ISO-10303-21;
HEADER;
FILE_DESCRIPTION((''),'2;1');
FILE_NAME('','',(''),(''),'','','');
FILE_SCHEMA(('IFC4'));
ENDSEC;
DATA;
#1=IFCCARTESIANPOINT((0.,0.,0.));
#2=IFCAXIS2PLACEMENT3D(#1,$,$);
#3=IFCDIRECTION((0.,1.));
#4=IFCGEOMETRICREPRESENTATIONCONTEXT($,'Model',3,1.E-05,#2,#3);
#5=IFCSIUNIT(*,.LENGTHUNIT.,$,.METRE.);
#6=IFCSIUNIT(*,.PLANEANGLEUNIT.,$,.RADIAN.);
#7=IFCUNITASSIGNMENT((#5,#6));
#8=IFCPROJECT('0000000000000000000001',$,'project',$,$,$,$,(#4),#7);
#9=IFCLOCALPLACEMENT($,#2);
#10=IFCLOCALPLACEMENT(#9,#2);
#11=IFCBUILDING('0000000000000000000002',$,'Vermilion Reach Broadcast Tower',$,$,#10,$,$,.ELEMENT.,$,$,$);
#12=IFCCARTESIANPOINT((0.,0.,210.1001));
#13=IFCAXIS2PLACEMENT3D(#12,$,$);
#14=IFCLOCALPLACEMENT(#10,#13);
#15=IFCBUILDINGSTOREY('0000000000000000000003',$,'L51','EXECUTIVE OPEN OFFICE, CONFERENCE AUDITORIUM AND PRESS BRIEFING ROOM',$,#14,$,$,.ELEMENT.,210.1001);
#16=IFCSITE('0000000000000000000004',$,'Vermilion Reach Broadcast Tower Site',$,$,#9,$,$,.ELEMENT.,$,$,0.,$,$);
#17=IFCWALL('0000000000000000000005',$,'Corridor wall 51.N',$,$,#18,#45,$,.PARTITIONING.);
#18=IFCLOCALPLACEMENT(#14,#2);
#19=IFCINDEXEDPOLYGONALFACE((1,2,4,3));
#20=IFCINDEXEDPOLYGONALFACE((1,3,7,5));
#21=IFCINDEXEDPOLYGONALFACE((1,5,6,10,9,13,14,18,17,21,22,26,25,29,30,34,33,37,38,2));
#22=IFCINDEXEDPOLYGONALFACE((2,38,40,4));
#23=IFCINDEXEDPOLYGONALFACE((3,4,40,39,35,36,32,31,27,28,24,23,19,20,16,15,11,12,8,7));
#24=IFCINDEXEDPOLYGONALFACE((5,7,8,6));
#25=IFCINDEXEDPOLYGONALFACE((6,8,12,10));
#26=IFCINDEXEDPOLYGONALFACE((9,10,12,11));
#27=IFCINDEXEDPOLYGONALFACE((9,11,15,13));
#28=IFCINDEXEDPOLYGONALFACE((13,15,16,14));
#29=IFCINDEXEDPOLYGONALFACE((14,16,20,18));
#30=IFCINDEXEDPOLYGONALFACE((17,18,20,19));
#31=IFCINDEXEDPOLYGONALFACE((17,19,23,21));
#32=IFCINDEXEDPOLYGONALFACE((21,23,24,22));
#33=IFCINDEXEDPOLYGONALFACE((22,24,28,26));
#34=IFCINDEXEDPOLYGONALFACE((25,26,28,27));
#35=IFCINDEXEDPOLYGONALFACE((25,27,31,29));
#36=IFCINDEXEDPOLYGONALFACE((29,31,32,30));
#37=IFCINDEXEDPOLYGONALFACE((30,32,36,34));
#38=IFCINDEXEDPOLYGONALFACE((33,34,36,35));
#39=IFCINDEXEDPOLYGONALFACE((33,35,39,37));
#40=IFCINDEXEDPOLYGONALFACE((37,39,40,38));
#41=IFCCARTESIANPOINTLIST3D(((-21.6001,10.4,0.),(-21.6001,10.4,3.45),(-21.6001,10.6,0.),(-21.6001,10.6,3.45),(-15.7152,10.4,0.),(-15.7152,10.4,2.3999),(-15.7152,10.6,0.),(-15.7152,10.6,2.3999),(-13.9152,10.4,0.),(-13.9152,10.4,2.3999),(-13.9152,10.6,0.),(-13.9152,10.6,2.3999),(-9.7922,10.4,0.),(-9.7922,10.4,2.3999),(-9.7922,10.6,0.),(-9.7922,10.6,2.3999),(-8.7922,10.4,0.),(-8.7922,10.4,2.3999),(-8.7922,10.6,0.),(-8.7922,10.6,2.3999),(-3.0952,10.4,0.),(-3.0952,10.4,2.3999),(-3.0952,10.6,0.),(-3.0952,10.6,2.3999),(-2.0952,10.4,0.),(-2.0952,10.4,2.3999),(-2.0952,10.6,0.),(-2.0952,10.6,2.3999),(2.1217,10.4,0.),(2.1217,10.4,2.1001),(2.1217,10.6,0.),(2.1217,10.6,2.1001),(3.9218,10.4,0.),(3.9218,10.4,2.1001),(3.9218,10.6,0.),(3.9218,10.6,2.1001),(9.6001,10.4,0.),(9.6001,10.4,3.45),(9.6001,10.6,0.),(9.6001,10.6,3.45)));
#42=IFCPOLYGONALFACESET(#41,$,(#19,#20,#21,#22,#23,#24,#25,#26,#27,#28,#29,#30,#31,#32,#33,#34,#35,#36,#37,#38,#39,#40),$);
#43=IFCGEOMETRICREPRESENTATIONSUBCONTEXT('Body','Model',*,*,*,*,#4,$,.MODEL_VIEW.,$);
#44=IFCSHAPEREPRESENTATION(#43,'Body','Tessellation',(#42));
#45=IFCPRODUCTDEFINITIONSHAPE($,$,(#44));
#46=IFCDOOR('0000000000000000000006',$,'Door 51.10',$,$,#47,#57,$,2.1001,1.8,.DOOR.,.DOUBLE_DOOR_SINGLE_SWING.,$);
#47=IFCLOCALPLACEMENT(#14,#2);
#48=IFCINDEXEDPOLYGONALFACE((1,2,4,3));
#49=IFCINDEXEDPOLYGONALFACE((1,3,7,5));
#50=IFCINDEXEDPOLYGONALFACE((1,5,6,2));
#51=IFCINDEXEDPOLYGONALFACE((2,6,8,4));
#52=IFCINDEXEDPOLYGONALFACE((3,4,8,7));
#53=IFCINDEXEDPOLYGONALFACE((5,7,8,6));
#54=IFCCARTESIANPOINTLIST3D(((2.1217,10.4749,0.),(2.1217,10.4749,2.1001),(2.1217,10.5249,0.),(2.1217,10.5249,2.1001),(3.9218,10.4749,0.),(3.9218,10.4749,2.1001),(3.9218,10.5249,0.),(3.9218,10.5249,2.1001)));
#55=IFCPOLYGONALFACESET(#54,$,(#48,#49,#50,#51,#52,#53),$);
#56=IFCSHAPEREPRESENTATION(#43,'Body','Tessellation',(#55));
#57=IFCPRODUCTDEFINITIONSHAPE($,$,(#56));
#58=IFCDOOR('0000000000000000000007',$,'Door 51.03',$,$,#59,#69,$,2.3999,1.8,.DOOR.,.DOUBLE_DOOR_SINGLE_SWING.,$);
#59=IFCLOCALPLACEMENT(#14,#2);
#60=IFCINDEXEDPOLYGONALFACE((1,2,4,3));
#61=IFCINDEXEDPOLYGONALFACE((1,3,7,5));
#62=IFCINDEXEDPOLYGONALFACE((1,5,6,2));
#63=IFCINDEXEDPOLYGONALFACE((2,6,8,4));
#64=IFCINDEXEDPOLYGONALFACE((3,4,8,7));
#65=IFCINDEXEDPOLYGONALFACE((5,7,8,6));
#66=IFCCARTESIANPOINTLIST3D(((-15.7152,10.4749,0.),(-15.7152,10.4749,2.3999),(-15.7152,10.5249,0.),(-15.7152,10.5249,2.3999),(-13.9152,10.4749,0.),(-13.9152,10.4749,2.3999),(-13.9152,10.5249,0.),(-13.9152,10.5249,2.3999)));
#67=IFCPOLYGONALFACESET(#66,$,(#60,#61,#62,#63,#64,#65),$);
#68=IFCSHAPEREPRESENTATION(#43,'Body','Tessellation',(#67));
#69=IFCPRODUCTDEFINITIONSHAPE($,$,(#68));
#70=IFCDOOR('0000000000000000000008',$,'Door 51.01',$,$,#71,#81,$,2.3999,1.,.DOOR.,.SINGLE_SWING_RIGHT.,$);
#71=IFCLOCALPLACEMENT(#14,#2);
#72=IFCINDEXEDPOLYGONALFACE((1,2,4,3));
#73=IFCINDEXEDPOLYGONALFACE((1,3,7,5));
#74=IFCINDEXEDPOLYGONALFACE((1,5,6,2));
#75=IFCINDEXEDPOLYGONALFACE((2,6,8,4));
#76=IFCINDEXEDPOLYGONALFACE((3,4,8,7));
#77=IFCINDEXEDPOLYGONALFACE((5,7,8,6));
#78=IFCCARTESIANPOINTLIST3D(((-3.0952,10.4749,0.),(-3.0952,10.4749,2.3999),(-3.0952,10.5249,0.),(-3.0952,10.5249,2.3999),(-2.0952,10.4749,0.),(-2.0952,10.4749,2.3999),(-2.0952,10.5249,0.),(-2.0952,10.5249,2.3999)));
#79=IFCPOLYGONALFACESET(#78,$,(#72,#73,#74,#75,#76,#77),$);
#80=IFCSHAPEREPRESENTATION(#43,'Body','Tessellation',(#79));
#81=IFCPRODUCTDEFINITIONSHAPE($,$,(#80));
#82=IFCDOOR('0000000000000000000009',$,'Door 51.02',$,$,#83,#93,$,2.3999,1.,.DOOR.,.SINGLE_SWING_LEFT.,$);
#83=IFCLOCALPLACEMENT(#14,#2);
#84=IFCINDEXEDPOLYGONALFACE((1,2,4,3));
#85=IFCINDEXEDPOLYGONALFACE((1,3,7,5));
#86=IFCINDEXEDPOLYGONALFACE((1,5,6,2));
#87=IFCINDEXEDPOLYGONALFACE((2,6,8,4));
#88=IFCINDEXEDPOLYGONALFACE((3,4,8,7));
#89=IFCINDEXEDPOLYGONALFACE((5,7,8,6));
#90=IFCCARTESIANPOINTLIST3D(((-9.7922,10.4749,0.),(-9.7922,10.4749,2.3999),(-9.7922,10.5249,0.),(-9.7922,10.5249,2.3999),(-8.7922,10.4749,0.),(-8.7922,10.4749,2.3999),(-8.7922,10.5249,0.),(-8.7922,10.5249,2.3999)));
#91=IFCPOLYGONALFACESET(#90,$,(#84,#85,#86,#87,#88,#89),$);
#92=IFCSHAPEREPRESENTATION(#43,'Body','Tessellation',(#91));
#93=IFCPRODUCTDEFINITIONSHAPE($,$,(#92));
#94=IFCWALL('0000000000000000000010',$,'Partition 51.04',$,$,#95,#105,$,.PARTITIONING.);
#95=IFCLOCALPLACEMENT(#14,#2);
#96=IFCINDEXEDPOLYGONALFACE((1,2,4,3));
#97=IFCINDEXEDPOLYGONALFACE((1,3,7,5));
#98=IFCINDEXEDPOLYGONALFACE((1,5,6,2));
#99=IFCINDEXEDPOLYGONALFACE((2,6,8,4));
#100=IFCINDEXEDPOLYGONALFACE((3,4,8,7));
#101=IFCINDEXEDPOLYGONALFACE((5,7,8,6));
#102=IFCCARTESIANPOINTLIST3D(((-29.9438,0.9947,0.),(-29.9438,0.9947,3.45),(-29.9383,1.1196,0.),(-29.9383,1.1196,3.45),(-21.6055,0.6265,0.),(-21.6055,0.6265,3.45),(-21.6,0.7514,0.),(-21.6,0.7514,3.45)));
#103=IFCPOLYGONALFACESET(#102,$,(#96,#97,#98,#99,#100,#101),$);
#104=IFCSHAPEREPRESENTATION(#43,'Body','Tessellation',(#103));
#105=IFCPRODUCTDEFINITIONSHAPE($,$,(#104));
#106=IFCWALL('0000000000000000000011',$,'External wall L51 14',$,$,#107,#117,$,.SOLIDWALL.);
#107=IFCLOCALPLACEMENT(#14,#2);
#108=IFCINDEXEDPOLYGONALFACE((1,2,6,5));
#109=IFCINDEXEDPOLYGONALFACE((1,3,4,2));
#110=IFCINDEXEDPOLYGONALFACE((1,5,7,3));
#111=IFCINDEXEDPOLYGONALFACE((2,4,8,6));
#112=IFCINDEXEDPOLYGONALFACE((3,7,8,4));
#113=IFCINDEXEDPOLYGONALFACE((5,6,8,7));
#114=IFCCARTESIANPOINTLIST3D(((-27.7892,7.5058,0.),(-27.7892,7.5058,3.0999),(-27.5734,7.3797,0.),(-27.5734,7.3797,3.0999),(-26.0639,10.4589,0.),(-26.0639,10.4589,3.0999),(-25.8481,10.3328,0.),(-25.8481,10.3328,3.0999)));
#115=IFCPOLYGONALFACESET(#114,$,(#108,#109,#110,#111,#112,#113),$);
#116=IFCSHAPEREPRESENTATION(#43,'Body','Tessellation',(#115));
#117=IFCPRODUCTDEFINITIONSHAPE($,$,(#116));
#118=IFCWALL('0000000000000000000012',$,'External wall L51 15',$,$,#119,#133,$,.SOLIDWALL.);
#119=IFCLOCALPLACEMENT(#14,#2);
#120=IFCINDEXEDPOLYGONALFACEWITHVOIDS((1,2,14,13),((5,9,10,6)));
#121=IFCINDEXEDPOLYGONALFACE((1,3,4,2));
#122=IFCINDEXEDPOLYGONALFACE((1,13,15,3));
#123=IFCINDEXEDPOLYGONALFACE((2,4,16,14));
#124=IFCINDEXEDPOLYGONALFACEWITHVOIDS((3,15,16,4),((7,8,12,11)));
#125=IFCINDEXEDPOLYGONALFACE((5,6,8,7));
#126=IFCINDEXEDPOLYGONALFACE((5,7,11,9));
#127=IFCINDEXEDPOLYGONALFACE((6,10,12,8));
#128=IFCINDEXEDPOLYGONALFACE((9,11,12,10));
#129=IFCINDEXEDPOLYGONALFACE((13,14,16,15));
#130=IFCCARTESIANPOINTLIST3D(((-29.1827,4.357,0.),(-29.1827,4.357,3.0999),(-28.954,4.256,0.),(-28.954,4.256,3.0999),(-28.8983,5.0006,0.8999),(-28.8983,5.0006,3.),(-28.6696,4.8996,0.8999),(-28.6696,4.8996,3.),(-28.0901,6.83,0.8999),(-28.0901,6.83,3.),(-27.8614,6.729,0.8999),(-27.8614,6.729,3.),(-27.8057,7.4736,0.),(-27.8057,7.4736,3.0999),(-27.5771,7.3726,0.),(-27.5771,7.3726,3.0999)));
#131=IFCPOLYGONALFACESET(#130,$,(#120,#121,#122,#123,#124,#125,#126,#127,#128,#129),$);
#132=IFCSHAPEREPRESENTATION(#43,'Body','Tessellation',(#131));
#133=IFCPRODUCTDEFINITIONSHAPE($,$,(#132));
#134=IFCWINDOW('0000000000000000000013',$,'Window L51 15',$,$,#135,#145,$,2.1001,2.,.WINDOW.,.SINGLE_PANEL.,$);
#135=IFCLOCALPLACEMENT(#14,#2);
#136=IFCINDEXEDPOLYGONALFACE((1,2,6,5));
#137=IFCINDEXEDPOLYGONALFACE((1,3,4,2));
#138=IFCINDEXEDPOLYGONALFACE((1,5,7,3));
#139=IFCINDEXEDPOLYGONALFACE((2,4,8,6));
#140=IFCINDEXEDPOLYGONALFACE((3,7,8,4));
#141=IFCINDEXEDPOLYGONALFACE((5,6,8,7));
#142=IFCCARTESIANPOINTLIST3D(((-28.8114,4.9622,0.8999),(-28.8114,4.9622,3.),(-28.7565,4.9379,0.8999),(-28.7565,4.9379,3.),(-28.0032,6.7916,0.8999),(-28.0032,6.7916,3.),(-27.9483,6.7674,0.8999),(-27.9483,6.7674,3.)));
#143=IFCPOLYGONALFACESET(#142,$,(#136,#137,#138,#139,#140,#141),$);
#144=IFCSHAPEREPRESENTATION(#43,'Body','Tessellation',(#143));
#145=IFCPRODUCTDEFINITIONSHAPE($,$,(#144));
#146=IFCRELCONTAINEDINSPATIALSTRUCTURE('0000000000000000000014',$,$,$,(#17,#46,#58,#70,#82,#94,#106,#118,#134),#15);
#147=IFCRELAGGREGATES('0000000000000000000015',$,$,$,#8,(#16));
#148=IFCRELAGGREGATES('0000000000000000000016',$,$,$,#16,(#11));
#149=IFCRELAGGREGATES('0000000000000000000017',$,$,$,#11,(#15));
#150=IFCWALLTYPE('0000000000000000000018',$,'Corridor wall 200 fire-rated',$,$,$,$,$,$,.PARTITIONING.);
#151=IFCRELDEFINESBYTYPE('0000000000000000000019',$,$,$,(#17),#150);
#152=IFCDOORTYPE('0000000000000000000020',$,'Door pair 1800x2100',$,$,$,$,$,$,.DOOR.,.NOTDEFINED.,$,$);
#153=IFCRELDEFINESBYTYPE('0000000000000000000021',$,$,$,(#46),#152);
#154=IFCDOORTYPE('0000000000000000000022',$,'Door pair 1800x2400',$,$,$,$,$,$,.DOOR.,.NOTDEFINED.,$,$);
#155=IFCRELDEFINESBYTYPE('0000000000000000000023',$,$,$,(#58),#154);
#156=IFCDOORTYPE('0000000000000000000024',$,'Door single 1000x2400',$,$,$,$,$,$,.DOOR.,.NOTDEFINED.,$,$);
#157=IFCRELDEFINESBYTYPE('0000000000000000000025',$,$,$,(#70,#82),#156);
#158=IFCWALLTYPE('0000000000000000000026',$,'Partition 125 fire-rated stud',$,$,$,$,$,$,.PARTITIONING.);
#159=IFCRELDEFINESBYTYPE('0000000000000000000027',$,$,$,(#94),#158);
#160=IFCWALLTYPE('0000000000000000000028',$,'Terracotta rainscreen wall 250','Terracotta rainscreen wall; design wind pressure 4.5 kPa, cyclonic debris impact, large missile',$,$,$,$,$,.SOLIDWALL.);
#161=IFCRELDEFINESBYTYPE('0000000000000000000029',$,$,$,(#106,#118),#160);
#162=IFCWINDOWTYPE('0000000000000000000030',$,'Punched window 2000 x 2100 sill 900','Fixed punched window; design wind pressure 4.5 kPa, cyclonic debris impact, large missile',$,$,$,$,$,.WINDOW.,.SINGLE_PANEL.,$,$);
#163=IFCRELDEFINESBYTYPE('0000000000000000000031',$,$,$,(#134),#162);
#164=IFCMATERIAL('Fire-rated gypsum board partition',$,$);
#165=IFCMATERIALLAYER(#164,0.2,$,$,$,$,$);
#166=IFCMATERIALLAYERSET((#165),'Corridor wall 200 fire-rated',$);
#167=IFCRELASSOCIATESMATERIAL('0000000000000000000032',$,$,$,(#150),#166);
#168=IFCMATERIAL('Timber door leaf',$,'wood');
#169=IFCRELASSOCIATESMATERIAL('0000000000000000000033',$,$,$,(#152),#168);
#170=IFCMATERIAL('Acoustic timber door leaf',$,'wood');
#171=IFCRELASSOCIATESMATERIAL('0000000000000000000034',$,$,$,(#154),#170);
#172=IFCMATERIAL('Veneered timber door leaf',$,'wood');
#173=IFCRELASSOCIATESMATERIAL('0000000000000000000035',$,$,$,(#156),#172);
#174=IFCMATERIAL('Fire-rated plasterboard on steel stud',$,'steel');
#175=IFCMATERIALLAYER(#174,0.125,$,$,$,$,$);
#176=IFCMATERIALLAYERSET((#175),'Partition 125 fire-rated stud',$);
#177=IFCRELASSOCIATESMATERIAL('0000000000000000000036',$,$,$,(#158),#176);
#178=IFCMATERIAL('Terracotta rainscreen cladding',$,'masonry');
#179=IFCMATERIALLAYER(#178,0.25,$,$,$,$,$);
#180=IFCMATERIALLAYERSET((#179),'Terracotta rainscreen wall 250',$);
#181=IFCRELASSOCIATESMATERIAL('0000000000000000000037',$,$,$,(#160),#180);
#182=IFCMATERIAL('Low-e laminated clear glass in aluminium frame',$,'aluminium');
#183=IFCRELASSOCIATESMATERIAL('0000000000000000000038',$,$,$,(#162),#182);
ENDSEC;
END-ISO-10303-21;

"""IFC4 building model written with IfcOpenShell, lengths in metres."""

from ifc_helpers import new_model, si_unit, direction, frame, frame_2d, origin, place, context, subcontext, project, spatial, rectangle, extrude, material, layer, layer_set, type_object, element, fill, save


model = new_model("IFC4")

# Units and contexts
model_context = context("Model", 3, precision=1e-05, world=origin(), true_north=direction((0.0, 1.0)))
body_context = subcontext(model_context, "Body", "Model", "MODEL_VIEW")
ifc_project = project(units=[si_unit("LENGTHUNIT", "METRE"), si_unit("PLANEANGLEUNIT", "RADIAN")], contexts=[model_context])

# Site, building, storey
site_placement = place(None, origin())
site = spatial("IfcSite", under=ifc_project, at=site_placement, Name="Vermilion Reach Broadcast Tower Site", CompositionType="ELEMENT", RefElevation=0.0)
building_placement = place(site_placement, origin())
building = spatial("IfcBuilding", under=site, at=building_placement, Name="Vermilion Reach Broadcast Tower", CompositionType="ELEMENT")
storey_placement = place(building_placement, frame((0.0, 0.0, 210.1001)))
storey = spatial("IfcBuildingStorey", under=building, at=storey_placement, Name="L51", Description="EXECUTIVE OPEN OFFICE, CONFERENCE AUDITORIUM AND PRESS BRIEFING ROOM", CompositionType="ELEMENT", Elevation=210.1001)

# Wall, openings, doors
ifc_material_1 = material(Name="Fire-rated gypsum board partition")
ifc_layer_1 = layer(ifc_material_1, 0.2)
ifc_layer_set_1 = layer_set([ifc_layer_1], Name="Corridor wall 200 fire-rated")
wall_type_1 = type_object("IfcWallType", Name="Corridor wall 200 fire-rated", PredefinedType="PARTITIONING", material=ifc_layer_set_1)
wall_1_placement = place(storey_placement, frame((-21.6001, 10.5, 0.0), z_axis=(0.0, 0.0, 1.0), x_axis=(1.0, 0.0, 0.0)))
wall_1 = element("IfcWall", 1, at=wall_1_placement, inside=storey, type_object=wall_type_1, Name="Corridor wall 51.N", PredefinedType="PARTITIONING", context=body_context, shape_type="SweptSolid", body=[
    extrude(rectangle(XDim=31.2002, YDim=0.2, at=frame_2d((15.6001, 0.0))), origin(), (0.0, 0.0, 1.0), 3.45),
])
opening_1_placement = place(wall_1_placement, frame((18.5049, 0.0, 0.0)))
opening_1 = element("IfcOpeningElement", 2, at=opening_1_placement, cuts=wall_1, PredefinedType="OPENING", context=body_context, shape_type="SweptSolid", body=[
    extrude(rectangle(XDim=1.0, YDim=2.3999, at=frame_2d((0.5, 1.2))), frame((0.0, 0.1099, 0.0), z_axis=(0.0, -1.0, 0.0), x_axis=(1.0, 0.0, 0.0)), (0.0, 0.0, 1.0), 0.22),
])
opening_2_placement = place(wall_1_placement, frame((11.8079, 0.0, 0.0)))
opening_2 = element("IfcOpeningElement", 3, at=opening_2_placement, cuts=wall_1, PredefinedType="OPENING", context=body_context, shape_type="SweptSolid", body=[
    extrude(rectangle(XDim=1.0, YDim=2.3999, at=frame_2d((0.5, 1.2))), frame((0.0, 0.1099, 0.0), z_axis=(0.0, -1.0, 0.0), x_axis=(1.0, 0.0, 0.0)), (0.0, 0.0, 1.0), 0.22),
])
opening_3_placement = place(wall_1_placement, frame((5.885, 0.0, 0.0)))
opening_3 = element("IfcOpeningElement", 4, at=opening_3_placement, cuts=wall_1, PredefinedType="OPENING", context=body_context, shape_type="SweptSolid", body=[
    extrude(rectangle(XDim=1.8, YDim=2.3999, at=frame_2d((0.8999, 1.2))), frame((0.0, 0.1099, 0.0), z_axis=(0.0, -1.0, 0.0), x_axis=(1.0, 0.0, 0.0)), (0.0, 0.0, 1.0), 0.22),
])
opening_4_placement = place(wall_1_placement, frame((23.7219, 0.0, 0.0)))
opening_4 = element("IfcOpeningElement", 5, at=opening_4_placement, cuts=wall_1, PredefinedType="OPENING", context=body_context, shape_type="SweptSolid", body=[
    extrude(rectangle(XDim=1.8, YDim=2.1001, at=frame_2d((0.8999, 1.05))), frame((0.0, 0.1099, 0.0), z_axis=(0.0, -1.0, 0.0), x_axis=(1.0, 0.0, 0.0)), (0.0, 0.0, 1.0), 0.22),
])
ifc_material_2 = material(Name="Timber door leaf", Category="wood")
door_type_1 = type_object("IfcDoorType", Name="Door pair 1800x2100", OperationType="NOTDEFINED", PredefinedType="DOOR", material=ifc_material_2)
door_1_placement = place(opening_4_placement, origin())
door_1 = element("IfcDoor", 6, at=door_1_placement, inside=storey, type_object=door_type_1, Name="Door 51.10", OperationType="DOUBLE_DOOR_SINGLE_SWING", OverallHeight=2.1001, OverallWidth=1.8, PredefinedType="DOOR", context=body_context, shape_type="SweptSolid", body=[
    extrude(rectangle(XDim=1.8, YDim=2.1001, at=frame_2d((0.8999, 1.05))), frame((0.0, 0.0249, 0.0), z_axis=(0.0, -1.0, 0.0), x_axis=(1.0, 0.0, 0.0)), (0.0, 0.0, 1.0), 0.05),
])
fill(opening_4, door_1)
ifc_material_3 = material(Name="Acoustic timber door leaf", Category="wood")
door_type_2 = type_object("IfcDoorType", Name="Door pair 1800x2400", OperationType="NOTDEFINED", PredefinedType="DOOR", material=ifc_material_3)
door_2_placement = place(opening_3_placement, origin())
door_2 = element("IfcDoor", 7, at=door_2_placement, inside=storey, type_object=door_type_2, Name="Door 51.03", OperationType="DOUBLE_DOOR_SINGLE_SWING", OverallHeight=2.3999, OverallWidth=1.8, PredefinedType="DOOR", context=body_context, shape_type="SweptSolid", body=[
    extrude(rectangle(XDim=1.8, YDim=2.3999, at=frame_2d((0.8999, 1.2))), frame((0.0, 0.0249, 0.0), z_axis=(0.0, -1.0, 0.0), x_axis=(1.0, 0.0, 0.0)), (0.0, 0.0, 1.0), 0.05),
])
fill(opening_3, door_2)
ifc_material_4 = material(Name="Veneered timber door leaf", Category="wood")
door_type_3 = type_object("IfcDoorType", Name="Door single 1000x2400", OperationType="NOTDEFINED", PredefinedType="DOOR", material=ifc_material_4)
door_3_placement = place(opening_1_placement, origin())
door_3 = element("IfcDoor", 8, at=door_3_placement, inside=storey, type_object=door_type_3, Name="Door 51.01", OperationType="SINGLE_SWING_RIGHT", OverallHeight=2.3999, OverallWidth=1.0, PredefinedType="DOOR", context=body_context, shape_type="SweptSolid", body=[
    extrude(rectangle(XDim=1.0, YDim=2.3999, at=frame_2d((0.5, 1.2))), frame((0.0, 0.0249, 0.0), z_axis=(0.0, -1.0, 0.0), x_axis=(1.0, 0.0, 0.0)), (0.0, 0.0, 1.0), 0.05),
])
fill(opening_1, door_3)
door_4_placement = place(opening_2_placement, origin())
door_4 = element("IfcDoor", 9, at=door_4_placement, inside=storey, type_object=door_type_3, Name="Door 51.02", OperationType="SINGLE_SWING_LEFT", OverallHeight=2.3999, OverallWidth=1.0, PredefinedType="DOOR", context=body_context, shape_type="SweptSolid", body=[
    extrude(rectangle(XDim=1.0, YDim=2.3999, at=frame_2d((0.5, 1.2))), frame((0.0, 0.0249, 0.0), z_axis=(0.0, -1.0, 0.0), x_axis=(1.0, 0.0, 0.0)), (0.0, 0.0, 1.0), 0.05),
])
fill(opening_2, door_4)

# Walls
ifc_material_5 = material(Name="Fire-rated plasterboard on steel stud", Category="steel")
ifc_layer_2 = layer(ifc_material_5, 0.125)
ifc_layer_set_2 = layer_set([ifc_layer_2], Name="Partition 125 fire-rated stud")
wall_type_2 = type_object("IfcWallType", Name="Partition 125 fire-rated stud", PredefinedType="PARTITIONING", material=ifc_layer_set_2)
wall_2_placement = place(storey_placement, frame((-29.9412, 1.0571, 0.0), z_axis=(0.0, 0.0, 1.0), x_axis=(0.999027, -0.04411, 0.0)))
element("IfcWall", 10, at=wall_2_placement, inside=storey, type_object=wall_type_2, Name="Partition 51.04", PredefinedType="PARTITIONING", context=body_context, shape_type="SweptSolid", body=[
    extrude(rectangle(XDim=8.3464, YDim=0.125, at=frame_2d((4.1733, 0.0))), origin(), (0.0, 0.0, 1.0), 3.45),
])
ifc_material_6 = material(Name="Terracotta rainscreen cladding", Category="masonry")
ifc_layer_3 = layer(ifc_material_6, 0.25)
ifc_layer_set_3 = layer_set([ifc_layer_3], Name="Terracotta rainscreen wall 250")
wall_type_3 = type_object("IfcWallType", Name="Terracotta rainscreen wall 250", Description="Terracotta rainscreen wall; design wind pressure 4.5 kPa, cyclonic debris impact, large missile", PredefinedType="SOLIDWALL", material=ifc_layer_set_3)
wall_3_placement = place(storey_placement, frame((-25.9561, 10.3958, 0.0), z_axis=(0.0, 0.0, 1.0), x_axis=(-0.504457, -0.863437, 0.0)))
element("IfcWall", 11, at=wall_3_placement, inside=storey, type_object=wall_type_3, Name="External wall L51 14", PredefinedType="SOLIDWALL", context=body_context, shape_type="SweptSolid", body=[
    extrude(rectangle(XDim=3.4202, YDim=0.25, at=frame_2d((1.71, 0.0))), origin(), (0.0, 0.0, 1.0), 3.0999),
])

# Wall, opening, window
wall_4_placement = place(storey_placement, frame((-27.6914, 7.4231, 0.0), z_axis=(0.0, 0.0, 1.0), x_axis=(-0.404116, -0.914708, 0.0)))
wall_4 = element("IfcWall", 12, at=wall_4_placement, inside=storey, type_object=wall_type_3, Name="External wall L51 15", PredefinedType="SOLIDWALL", context=body_context, shape_type="SweptSolid", body=[
    extrude(rectangle(XDim=3.4072, YDim=0.25, at=frame_2d((1.7036, 0.0))), origin(), (0.0, 0.0, 1.0), 3.0999),
])
opening_5_placement = place(wall_4_placement, frame((0.7036, 0.0, 0.8999)))
opening_5 = element("IfcOpeningElement", 13, at=opening_5_placement, cuts=wall_4, PredefinedType="OPENING", context=body_context, shape_type="SweptSolid", body=[
    extrude(rectangle(XDim=2.0, YDim=2.1001, at=frame_2d((1.0, 1.05))), frame((0.0, 0.135, 0.0), z_axis=(0.0, -1.0, 0.0), x_axis=(1.0, 0.0, 0.0)), (0.0, 0.0, 1.0), 0.27),
])
ifc_material_7 = material(Name="Low-e laminated clear glass in aluminium frame", Category="aluminium")
window_type = type_object("IfcWindowType", Name="Punched window 2000 x 2100 sill 900", Description="Fixed punched window; design wind pressure 4.5 kPa, cyclonic debris impact, large missile", PartitioningType="SINGLE_PANEL", PredefinedType="WINDOW", material=ifc_material_7)
window_1_placement = place(opening_5_placement, origin())
window_1 = element("IfcWindow", 14, at=window_1_placement, inside=storey, type_object=window_type, Name="Window L51 15", OverallHeight=2.1001, OverallWidth=2.0, PartitioningType="SINGLE_PANEL", PredefinedType="WINDOW", context=body_context, shape_type="SweptSolid", body=[
    extrude(rectangle(XDim=2.0, YDim=2.1001, at=frame_2d((1.0, 1.05))), frame((0.0, 0.03, 0.0), z_axis=(0.0, -1.0, 0.0), x_axis=(1.0, 0.0, 0.0)), (0.0, 0.0, 1.0), 0.0601),
])
fill(opening_5, window_1)

save(model, "model.ifc")
